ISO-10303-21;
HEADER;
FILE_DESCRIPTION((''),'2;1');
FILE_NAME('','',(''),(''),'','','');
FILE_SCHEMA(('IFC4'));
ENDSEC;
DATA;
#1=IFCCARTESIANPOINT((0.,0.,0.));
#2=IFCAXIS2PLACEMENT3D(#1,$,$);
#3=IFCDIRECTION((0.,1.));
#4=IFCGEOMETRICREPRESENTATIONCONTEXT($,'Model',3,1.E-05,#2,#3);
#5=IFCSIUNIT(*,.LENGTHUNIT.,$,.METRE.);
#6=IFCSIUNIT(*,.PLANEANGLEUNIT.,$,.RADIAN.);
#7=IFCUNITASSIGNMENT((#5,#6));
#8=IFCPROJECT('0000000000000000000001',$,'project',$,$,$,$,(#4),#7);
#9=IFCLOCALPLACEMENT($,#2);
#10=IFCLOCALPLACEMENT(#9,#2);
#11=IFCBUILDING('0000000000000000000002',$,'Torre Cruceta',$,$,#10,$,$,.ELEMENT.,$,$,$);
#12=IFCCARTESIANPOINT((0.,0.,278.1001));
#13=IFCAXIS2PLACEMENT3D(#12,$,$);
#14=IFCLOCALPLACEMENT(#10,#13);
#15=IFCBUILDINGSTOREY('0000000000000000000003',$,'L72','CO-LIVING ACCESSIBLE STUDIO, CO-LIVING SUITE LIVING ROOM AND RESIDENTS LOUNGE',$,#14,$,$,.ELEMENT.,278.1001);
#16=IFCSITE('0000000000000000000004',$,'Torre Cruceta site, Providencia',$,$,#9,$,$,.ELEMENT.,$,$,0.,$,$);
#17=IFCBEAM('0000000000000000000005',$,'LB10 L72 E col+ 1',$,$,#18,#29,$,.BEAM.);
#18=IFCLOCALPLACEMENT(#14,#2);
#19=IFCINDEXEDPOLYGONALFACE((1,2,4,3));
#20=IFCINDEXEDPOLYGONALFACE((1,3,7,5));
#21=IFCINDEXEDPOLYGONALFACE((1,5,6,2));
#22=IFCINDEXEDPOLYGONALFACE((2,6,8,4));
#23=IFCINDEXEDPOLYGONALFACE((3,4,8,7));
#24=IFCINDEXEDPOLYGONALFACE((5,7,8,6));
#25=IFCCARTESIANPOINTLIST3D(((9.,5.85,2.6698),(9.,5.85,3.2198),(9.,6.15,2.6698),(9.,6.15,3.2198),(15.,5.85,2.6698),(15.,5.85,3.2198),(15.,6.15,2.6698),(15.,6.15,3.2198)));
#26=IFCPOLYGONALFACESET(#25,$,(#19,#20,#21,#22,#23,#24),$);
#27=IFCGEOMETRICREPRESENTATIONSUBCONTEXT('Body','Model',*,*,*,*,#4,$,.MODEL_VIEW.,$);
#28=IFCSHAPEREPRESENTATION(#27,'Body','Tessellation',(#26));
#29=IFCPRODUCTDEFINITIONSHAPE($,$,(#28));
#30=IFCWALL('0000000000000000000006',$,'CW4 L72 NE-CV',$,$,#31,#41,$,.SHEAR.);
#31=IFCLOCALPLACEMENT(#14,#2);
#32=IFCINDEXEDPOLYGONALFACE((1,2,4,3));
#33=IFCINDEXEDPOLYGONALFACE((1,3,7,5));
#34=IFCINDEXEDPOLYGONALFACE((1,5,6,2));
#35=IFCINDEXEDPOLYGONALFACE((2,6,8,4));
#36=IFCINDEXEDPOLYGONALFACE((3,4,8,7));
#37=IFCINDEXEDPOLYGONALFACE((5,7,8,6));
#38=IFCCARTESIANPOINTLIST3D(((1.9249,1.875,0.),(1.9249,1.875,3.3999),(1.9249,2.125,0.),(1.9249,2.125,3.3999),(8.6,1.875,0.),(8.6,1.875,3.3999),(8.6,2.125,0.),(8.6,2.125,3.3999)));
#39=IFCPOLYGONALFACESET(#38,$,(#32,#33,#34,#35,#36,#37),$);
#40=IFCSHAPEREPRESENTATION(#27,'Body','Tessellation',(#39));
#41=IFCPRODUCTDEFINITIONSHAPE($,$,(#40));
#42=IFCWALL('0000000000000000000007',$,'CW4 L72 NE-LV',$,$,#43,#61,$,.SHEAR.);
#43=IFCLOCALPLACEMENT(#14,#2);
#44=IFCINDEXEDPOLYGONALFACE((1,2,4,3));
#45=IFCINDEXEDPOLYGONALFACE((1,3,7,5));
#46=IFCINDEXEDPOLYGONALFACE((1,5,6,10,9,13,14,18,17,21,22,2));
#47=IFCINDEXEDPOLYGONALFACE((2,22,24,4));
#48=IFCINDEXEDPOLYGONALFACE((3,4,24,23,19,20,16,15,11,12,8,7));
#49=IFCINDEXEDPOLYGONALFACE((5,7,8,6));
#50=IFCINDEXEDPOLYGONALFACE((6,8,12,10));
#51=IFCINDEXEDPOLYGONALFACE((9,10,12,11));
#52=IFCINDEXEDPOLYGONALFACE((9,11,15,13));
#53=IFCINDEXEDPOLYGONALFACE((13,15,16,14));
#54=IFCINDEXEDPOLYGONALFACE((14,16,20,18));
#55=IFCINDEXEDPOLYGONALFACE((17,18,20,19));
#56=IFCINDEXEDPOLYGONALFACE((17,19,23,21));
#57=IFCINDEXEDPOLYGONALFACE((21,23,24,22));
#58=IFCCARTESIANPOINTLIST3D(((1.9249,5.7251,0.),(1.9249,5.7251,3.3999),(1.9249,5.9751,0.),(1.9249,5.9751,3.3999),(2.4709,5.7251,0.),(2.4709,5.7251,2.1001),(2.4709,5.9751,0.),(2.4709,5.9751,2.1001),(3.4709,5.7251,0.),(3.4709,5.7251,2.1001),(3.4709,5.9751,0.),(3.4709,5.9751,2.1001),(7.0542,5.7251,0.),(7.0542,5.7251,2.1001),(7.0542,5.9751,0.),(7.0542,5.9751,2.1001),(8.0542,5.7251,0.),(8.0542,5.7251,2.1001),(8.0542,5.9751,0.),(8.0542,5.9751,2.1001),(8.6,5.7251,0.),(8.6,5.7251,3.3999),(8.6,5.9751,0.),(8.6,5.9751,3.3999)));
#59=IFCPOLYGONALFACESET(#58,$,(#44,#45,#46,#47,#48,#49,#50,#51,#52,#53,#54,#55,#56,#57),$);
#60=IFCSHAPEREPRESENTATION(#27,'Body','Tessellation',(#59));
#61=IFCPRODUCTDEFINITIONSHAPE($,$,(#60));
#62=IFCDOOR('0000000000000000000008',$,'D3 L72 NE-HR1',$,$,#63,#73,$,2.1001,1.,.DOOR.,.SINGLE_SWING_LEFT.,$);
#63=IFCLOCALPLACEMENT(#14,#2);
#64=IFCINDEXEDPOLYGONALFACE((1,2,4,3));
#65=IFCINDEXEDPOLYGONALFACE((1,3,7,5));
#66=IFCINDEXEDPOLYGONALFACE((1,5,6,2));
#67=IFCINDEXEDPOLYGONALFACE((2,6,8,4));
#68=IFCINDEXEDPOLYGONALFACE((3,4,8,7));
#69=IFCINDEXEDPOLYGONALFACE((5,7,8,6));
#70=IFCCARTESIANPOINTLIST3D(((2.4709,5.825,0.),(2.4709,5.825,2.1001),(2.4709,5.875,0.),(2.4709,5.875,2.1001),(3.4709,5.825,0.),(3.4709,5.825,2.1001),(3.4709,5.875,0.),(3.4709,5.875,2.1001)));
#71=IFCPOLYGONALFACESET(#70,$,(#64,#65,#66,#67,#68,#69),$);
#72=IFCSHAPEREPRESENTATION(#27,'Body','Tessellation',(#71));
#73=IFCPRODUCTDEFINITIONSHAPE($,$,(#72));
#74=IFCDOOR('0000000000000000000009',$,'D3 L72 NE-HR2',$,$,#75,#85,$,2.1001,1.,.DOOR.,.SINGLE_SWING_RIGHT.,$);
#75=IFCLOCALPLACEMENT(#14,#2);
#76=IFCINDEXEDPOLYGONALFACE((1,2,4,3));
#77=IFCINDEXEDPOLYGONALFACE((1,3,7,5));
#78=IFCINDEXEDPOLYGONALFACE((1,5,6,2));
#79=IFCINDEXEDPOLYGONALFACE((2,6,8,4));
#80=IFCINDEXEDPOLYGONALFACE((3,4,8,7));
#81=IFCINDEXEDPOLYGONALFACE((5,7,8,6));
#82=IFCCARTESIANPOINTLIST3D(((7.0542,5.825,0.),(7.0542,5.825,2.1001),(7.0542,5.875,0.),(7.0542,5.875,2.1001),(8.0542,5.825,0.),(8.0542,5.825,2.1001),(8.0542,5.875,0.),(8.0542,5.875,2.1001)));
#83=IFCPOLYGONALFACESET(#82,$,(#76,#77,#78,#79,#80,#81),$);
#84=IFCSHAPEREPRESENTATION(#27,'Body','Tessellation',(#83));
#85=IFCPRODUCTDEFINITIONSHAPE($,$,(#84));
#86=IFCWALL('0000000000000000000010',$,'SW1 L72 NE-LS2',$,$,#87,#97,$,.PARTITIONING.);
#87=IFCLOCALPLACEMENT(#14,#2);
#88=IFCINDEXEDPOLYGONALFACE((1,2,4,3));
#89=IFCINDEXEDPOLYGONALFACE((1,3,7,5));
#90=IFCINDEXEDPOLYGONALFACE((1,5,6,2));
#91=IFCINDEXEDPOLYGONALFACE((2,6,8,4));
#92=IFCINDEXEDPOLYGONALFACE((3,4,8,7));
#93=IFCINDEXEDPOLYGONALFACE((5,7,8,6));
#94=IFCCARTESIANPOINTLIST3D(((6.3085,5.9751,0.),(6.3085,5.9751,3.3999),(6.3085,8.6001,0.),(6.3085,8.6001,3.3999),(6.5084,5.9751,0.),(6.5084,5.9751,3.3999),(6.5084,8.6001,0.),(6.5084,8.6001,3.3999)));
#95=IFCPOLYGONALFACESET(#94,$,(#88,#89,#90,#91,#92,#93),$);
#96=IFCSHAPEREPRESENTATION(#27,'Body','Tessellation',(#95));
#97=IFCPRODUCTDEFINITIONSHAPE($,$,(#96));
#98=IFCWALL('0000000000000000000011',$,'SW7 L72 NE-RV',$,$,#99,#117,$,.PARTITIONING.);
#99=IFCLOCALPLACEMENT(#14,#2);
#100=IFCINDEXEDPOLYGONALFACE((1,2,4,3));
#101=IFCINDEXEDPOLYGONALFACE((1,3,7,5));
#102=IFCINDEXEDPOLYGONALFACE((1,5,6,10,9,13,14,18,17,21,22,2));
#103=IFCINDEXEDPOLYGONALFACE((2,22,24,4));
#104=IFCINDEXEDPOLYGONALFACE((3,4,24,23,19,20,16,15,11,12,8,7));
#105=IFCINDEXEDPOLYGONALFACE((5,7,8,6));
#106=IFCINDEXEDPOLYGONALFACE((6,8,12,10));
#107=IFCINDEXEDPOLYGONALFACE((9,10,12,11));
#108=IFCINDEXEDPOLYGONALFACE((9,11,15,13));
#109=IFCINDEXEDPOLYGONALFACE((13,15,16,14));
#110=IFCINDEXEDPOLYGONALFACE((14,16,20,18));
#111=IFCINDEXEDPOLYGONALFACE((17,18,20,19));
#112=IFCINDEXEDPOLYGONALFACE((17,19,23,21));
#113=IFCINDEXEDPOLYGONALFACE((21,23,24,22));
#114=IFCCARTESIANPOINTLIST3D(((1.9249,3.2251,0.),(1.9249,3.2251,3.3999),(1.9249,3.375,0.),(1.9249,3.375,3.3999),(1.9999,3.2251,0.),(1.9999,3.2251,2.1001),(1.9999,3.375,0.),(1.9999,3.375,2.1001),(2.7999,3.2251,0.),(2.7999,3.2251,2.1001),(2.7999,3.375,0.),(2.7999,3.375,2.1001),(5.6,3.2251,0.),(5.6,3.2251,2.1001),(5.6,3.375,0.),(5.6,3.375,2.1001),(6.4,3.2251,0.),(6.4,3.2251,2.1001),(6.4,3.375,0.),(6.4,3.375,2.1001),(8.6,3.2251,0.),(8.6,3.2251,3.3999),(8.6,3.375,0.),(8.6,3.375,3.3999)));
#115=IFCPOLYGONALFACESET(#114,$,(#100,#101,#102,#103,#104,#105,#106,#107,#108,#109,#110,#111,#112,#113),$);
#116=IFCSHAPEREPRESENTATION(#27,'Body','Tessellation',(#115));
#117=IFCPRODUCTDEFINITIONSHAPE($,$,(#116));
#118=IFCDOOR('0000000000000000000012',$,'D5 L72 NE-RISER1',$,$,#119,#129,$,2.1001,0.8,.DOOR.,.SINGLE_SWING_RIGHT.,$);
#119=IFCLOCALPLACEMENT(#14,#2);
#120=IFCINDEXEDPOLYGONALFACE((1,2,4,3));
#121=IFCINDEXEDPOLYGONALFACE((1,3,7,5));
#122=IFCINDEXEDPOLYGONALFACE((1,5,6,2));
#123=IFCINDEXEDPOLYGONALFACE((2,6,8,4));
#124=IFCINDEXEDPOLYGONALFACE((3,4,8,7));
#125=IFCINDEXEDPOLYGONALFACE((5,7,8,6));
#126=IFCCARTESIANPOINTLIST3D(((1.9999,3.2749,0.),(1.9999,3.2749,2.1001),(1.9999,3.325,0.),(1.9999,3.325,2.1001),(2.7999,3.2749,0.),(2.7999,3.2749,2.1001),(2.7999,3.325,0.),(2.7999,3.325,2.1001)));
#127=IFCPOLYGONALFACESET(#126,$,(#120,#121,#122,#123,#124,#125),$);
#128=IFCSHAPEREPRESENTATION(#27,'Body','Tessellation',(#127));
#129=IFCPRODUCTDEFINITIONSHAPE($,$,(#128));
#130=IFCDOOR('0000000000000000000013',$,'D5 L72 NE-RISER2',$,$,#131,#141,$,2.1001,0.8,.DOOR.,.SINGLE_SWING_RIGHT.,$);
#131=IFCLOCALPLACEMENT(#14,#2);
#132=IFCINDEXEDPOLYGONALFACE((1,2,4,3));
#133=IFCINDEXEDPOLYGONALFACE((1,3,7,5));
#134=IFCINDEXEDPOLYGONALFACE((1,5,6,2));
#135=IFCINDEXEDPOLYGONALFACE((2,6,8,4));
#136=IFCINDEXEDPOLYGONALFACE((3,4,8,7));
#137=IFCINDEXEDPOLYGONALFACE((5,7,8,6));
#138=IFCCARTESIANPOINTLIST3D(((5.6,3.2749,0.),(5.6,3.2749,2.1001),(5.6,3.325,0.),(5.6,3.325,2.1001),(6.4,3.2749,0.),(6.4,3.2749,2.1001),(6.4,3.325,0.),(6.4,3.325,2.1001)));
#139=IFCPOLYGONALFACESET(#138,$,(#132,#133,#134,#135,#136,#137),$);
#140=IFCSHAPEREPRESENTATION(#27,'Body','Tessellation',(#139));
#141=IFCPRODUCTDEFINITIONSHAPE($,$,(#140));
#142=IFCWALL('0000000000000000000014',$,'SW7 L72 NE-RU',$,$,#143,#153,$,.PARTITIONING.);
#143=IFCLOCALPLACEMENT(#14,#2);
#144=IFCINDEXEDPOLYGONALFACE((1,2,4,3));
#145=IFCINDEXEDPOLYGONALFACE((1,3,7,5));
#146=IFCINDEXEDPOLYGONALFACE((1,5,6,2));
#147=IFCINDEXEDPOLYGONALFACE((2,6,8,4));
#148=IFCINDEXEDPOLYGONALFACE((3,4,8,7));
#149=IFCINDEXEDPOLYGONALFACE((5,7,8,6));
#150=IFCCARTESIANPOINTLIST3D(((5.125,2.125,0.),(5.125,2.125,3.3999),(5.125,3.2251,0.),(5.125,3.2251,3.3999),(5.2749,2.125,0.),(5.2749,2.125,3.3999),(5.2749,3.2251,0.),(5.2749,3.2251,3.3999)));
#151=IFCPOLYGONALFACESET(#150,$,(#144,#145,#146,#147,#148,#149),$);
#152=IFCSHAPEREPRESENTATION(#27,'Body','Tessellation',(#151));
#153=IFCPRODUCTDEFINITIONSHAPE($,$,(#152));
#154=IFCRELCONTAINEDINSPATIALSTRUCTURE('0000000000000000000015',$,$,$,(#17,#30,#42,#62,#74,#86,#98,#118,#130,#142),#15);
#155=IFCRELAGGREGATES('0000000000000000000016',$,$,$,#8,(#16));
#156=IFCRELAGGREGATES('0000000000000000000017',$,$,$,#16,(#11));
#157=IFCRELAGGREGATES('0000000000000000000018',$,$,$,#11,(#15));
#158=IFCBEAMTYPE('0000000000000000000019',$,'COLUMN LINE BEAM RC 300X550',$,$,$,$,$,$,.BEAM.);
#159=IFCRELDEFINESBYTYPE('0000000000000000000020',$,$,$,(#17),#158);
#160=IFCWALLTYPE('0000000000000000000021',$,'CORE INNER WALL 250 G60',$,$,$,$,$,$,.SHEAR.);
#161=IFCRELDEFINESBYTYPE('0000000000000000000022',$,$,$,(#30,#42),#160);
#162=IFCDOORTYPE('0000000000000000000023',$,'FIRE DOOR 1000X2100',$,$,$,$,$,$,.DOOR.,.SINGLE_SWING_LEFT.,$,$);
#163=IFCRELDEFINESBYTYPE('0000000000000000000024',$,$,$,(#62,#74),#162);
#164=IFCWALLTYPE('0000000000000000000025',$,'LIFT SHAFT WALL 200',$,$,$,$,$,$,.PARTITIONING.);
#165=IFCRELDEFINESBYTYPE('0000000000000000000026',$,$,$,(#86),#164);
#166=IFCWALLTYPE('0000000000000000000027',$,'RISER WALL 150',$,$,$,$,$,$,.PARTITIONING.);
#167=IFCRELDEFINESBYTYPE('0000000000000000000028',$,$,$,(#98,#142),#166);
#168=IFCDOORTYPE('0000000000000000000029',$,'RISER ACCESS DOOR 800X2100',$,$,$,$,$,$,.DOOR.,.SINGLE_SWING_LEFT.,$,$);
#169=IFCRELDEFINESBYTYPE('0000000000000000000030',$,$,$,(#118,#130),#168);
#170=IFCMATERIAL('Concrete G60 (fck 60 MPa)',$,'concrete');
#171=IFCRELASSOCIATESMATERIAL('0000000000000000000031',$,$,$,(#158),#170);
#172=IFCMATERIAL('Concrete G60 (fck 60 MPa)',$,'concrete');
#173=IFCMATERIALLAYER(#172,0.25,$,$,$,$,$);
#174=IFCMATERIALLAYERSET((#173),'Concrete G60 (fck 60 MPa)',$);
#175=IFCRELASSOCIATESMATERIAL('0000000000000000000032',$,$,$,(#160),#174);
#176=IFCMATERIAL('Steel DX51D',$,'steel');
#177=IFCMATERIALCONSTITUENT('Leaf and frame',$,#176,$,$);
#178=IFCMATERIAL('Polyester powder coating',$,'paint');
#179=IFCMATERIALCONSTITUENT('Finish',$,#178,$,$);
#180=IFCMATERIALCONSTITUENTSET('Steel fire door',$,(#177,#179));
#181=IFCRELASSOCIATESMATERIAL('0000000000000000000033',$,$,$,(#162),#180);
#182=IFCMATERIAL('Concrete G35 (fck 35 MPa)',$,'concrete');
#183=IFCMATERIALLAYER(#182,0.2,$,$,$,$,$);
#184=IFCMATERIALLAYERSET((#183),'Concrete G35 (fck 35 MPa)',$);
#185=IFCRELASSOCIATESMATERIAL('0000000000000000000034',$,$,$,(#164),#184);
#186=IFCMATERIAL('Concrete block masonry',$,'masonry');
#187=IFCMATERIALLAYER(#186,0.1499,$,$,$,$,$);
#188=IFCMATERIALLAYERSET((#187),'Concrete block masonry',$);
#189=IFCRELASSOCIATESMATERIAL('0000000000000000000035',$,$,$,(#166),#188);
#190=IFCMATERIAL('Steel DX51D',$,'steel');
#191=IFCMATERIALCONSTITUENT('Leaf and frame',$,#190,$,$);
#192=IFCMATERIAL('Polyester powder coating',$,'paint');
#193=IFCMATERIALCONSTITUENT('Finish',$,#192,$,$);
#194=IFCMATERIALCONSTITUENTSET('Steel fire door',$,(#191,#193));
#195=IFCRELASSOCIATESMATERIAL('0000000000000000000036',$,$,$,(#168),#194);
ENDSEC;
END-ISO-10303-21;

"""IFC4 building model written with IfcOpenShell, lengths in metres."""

from ifc_helpers import new_model, si_unit, direction, frame, frame_2d, origin, origin_2d, place, context, subcontext, project, spatial, rectangle, extrude, material, layer, layer_set, constituent, constituent_set, material_profile, profile_set, type_object, element, fill, save


model = new_model("IFC4")

# Units and contexts
model_context = context("Model", 3, precision=1e-05, world=origin(), true_north=direction((0.0, 1.0)))
body_context = subcontext(model_context, "Body", "Model", "MODEL_VIEW")
ifc_project = project(units=[si_unit("LENGTHUNIT", "METRE"), si_unit("PLANEANGLEUNIT", "RADIAN")], contexts=[model_context])

# Site, building, storey
site_placement = place(None, origin())
site = spatial("IfcSite", under=ifc_project, at=site_placement, Name="Torre Cruceta site, Providencia", CompositionType="ELEMENT", RefElevation=0.0)
building_placement = place(site_placement, origin())
building = spatial("IfcBuilding", under=site, at=building_placement, Name="Torre Cruceta", CompositionType="ELEMENT")
storey_placement = place(building_placement, frame((0.0, 0.0, 278.1001)))
storey = spatial("IfcBuildingStorey", under=building, at=storey_placement, Name="L72", Description="CO-LIVING ACCESSIBLE STUDIO, CO-LIVING SUITE LIVING ROOM AND RESIDENTS LOUNGE", CompositionType="ELEMENT", Elevation=278.1001)

# Beam
ifc_material_1 = material(Name="Concrete G60 (fck 60 MPa)", Category="concrete")
ifc_material_profile = material_profile(ifc_material_1, rectangle(XDim=0.3, YDim=0.55, at=origin_2d()), Name="RC 300X550")
ifc_profile_set = profile_set([ifc_material_profile], Name="Concrete G60 (fck 60 MPa)")
beam_type = type_object("IfcBeamType", Name="COLUMN LINE BEAM RC 300X550", PredefinedType="BEAM", material=ifc_profile_set)
beam_placement = place(storey_placement, frame((9.0, 6.0, 2.9448), z_axis=(1.0, 0.0, 0.0), x_axis=(0.0, 1.0, 0.0)))
element("IfcBeam", 1, at=beam_placement, inside=storey, type_object=beam_type, Name="LB10 L72 E col+ 1", PredefinedType="BEAM", context=body_context, shape_type="SweptSolid", body=[
    extrude(rectangle(XDim=0.3, YDim=0.55, at=origin_2d()), origin(), (0.0, 0.0, 1.0), 6.0),
])

# Shared definitions
ifc_material_2 = material(Name="Concrete G60 (fck 60 MPa)", Category="concrete")
ifc_layer_1 = layer(ifc_material_2, 0.25)
ifc_layer_set_1 = layer_set([ifc_layer_1], Name="Concrete G60 (fck 60 MPa)")
wall_type_1 = type_object("IfcWallType", Name="CORE INNER WALL 250 G60", PredefinedType="SHEAR", material=ifc_layer_set_1)

# Wall
wall_1_placement = place(storey_placement, frame((1.925, 2.0, 0.0), z_axis=(0.0, 0.0, 1.0), x_axis=(1.0, 0.0, 0.0)))
element("IfcWall", 2, at=wall_1_placement, inside=storey, type_object=wall_type_1, Name="CW4 L72 NE-CV", PredefinedType="SHEAR", context=body_context, shape_type="SweptSolid", body=[
    extrude(rectangle(XDim=6.675, YDim=0.25, at=frame_2d((3.3374, 0.0))), origin(), (0.0, 0.0, 1.0), 3.3999),
])

# Wall, openings, doors
wall_2_placement = place(storey_placement, frame((1.925, 5.8501, 0.0), z_axis=(0.0, 0.0, 1.0), x_axis=(1.0, 0.0, 0.0)))
wall_2 = element("IfcWall", 3, at=wall_2_placement, inside=storey, type_object=wall_type_1, Name="CW4 L72 NE-LV", PredefinedType="SHEAR", context=body_context, shape_type="SweptSolid", body=[
    extrude(rectangle(XDim=6.675, YDim=0.25, at=frame_2d((3.3374, 0.0))), origin(), (0.0, 0.0, 1.0), 3.3999),
])
opening_1_placement = place(wall_2_placement, frame((0.5459, 0.0, 0.0)))
opening_1 = element("IfcOpeningElement", 4, at=opening_1_placement, cuts=wall_2, PredefinedType="OPENING", context=body_context, shape_type="SweptSolid", body=[
    extrude(rectangle(XDim=1.0, YDim=2.1001, at=frame_2d((0.5, 1.05))), frame((0.0, 0.135, 0.0), z_axis=(0.0, -1.0, 0.0), x_axis=(1.0, 0.0, 0.0)), (0.0, 0.0, 1.0), 0.27),
])
opening_2_placement = place(wall_2_placement, frame((5.1292, 0.0, 0.0)))
opening_2 = element("IfcOpeningElement", 5, at=opening_2_placement, cuts=wall_2, PredefinedType="OPENING", context=body_context, shape_type="SweptSolid", body=[
    extrude(rectangle(XDim=1.0, YDim=2.1001, at=frame_2d((0.5, 1.05))), frame((0.0, 0.135, 0.0), z_axis=(0.0, -1.0, 0.0), x_axis=(1.0, 0.0, 0.0)), (0.0, 0.0, 1.0), 0.27),
])
ifc_material_3 = material(Name="Steel DX51D", Category="steel")
ifc_constituent_1 = constituent(ifc_material_3, Name="Leaf and frame")
ifc_material_4 = material(Name="Polyester powder coating", Category="paint")
ifc_constituent_2 = constituent(ifc_material_4, Name="Finish")
ifc_constituent_set_1 = constituent_set(constituents=[ifc_constituent_1, ifc_constituent_2], Name="Steel fire door")
door_type_1 = type_object("IfcDoorType", Name="FIRE DOOR 1000X2100", OperationType="SINGLE_SWING_LEFT", PredefinedType="DOOR", material=ifc_constituent_set_1)
door_1_placement = place(opening_1_placement, origin())
door_1 = element("IfcDoor", 6, at=door_1_placement, inside=storey, type_object=door_type_1, Name="D3 L72 NE-HR1", OperationType="SINGLE_SWING_LEFT", OverallHeight=2.1001, OverallWidth=1.0, PredefinedType="DOOR", context=body_context, shape_type="SweptSolid", body=[
    extrude(rectangle(XDim=1.0, YDim=2.1001, at=frame_2d((0.5, 1.05))), frame((0.0, 0.0249, 0.0), z_axis=(0.0, -1.0, 0.0), x_axis=(1.0, 0.0, 0.0)), (0.0, 0.0, 1.0), 0.05),
])
fill(opening_1, door_1)
door_2_placement = place(opening_2_placement, origin())
door_2 = element("IfcDoor", 7, at=door_2_placement, inside=storey, type_object=door_type_1, Name="D3 L72 NE-HR2", OperationType="SINGLE_SWING_RIGHT", OverallHeight=2.1001, OverallWidth=1.0, PredefinedType="DOOR", context=body_context, shape_type="SweptSolid", body=[
    extrude(rectangle(XDim=1.0, YDim=2.1001, at=frame_2d((0.5, 1.05))), frame((0.0, 0.0249, 0.0), z_axis=(0.0, -1.0, 0.0), x_axis=(1.0, 0.0, 0.0)), (0.0, 0.0, 1.0), 0.05),
])
fill(opening_2, door_2)

# Wall
ifc_material_5 = material(Name="Concrete G35 (fck 35 MPa)", Category="concrete")
ifc_layer_2 = layer(ifc_material_5, 0.2)
ifc_layer_set_2 = layer_set([ifc_layer_2], Name="Concrete G35 (fck 35 MPa)")
wall_type_2 = type_object("IfcWallType", Name="LIFT SHAFT WALL 200", PredefinedType="PARTITIONING", material=ifc_layer_set_2)
wall_3_placement = place(storey_placement, frame((6.4084, 5.9751, 0.0), z_axis=(0.0, 0.0, 1.0), x_axis=(0.0, 1.0, 0.0)))
element("IfcWall", 8, at=wall_3_placement, inside=storey, type_object=wall_type_2, Name="SW1 L72 NE-LS2", PredefinedType="PARTITIONING", context=body_context, shape_type="SweptSolid", body=[
    extrude(rectangle(XDim=2.625, YDim=0.2, at=frame_2d((1.3125, 0.0))), origin(), (0.0, 0.0, 1.0), 3.3999),
])

# Wall, openings, doors
ifc_material_6 = material(Name="Concrete block masonry", Category="masonry")
ifc_layer_3 = layer(ifc_material_6, 0.1499)
ifc_layer_set_3 = layer_set([ifc_layer_3], Name="Concrete block masonry")
wall_type_3 = type_object("IfcWallType", Name="RISER WALL 150", PredefinedType="PARTITIONING", material=ifc_layer_set_3)
wall_4_placement = place(storey_placement, frame((1.925, 3.3, 0.0), z_axis=(0.0, 0.0, 1.0), x_axis=(1.0, 0.0, 0.0)))
wall_4 = element("IfcWall", 9, at=wall_4_placement, inside=storey, type_object=wall_type_3, Name="SW7 L72 NE-RV", PredefinedType="PARTITIONING", context=body_context, shape_type="SweptSolid", body=[
    extrude(rectangle(XDim=6.675, YDim=0.1499, at=frame_2d((3.3374, 0.0))), origin(), (0.0, 0.0, 1.0), 3.3999),
])
opening_3_placement = place(wall_4_placement, frame((0.075, 0.0, 0.0)))
opening_3 = element("IfcOpeningElement", 10, at=opening_3_placement, cuts=wall_4, PredefinedType="OPENING", context=body_context, shape_type="SweptSolid", body=[
    extrude(rectangle(XDim=0.8, YDim=2.1001, at=frame_2d((0.3999, 1.05))), frame((0.0, 0.085, 0.0), z_axis=(0.0, -1.0, 0.0), x_axis=(1.0, 0.0, 0.0)), (0.0, 0.0, 1.0), 0.1699),
])
opening_4_placement = place(wall_4_placement, frame((3.675, 0.0, 0.0)))
opening_4 = element("IfcOpeningElement", 11, at=opening_4_placement, cuts=wall_4, PredefinedType="OPENING", context=body_context, shape_type="SweptSolid", body=[
    extrude(rectangle(XDim=0.8, YDim=2.1001, at=frame_2d((0.3999, 1.05))), frame((0.0, 0.085, 0.0), z_axis=(0.0, -1.0, 0.0), x_axis=(1.0, 0.0, 0.0)), (0.0, 0.0, 1.0), 0.1699),
])
ifc_material_7 = material(Name="Steel DX51D", Category="steel")
ifc_constituent_3 = constituent(ifc_material_7, Name="Leaf and frame")
ifc_material_8 = material(Name="Polyester powder coating", Category="paint")
ifc_constituent_4 = constituent(ifc_material_8, Name="Finish")
ifc_constituent_set_2 = constituent_set(constituents=[ifc_constituent_3, ifc_constituent_4], Name="Steel fire door")
door_type_2 = type_object("IfcDoorType", Name="RISER ACCESS DOOR 800X2100", OperationType="SINGLE_SWING_LEFT", PredefinedType="DOOR", material=ifc_constituent_set_2)
door_3_placement = place(opening_3_placement, frame((0.8, 0.0, 0.0), z_axis=(0.0, 0.0, 1.0), x_axis=(-1.0, 0.0, 0.0)))
door_3 = element("IfcDoor", 12, at=door_3_placement, inside=storey, type_object=door_type_2, Name="D5 L72 NE-RISER1", OperationType="SINGLE_SWING_RIGHT", OverallHeight=2.1001, OverallWidth=0.8, PredefinedType="DOOR", context=body_context, shape_type="SweptSolid", body=[
    extrude(rectangle(XDim=0.8, YDim=2.1001, at=frame_2d((0.4001, 1.05))), frame((0.0, 0.0251, 0.0), z_axis=(0.0, -1.0, 0.0), x_axis=(1.0, 0.0, 0.0)), (0.0, 0.0, 1.0), 0.05),
])
fill(opening_3, door_3)
door_4_placement = place(opening_4_placement, frame((0.8, 0.0, 0.0), z_axis=(0.0, 0.0, 1.0), x_axis=(-1.0, 0.0, 0.0)))
door_4 = element("IfcDoor", 13, at=door_4_placement, inside=storey, type_object=door_type_2, Name="D5 L72 NE-RISER2", OperationType="SINGLE_SWING_RIGHT", OverallHeight=2.1001, OverallWidth=0.8, PredefinedType="DOOR", context=body_context, shape_type="SweptSolid", body=[
    extrude(rectangle(XDim=0.8, YDim=2.1001, at=frame_2d((0.4001, 1.05))), frame((0.0, 0.0251, 0.0), z_axis=(0.0, -1.0, 0.0), x_axis=(1.0, 0.0, 0.0)), (0.0, 0.0, 1.0), 0.05),
])
fill(opening_4, door_4)

# Wall
wall_5_placement = place(storey_placement, frame((5.2, 2.125, 0.0), z_axis=(0.0, 0.0, 1.0), x_axis=(0.0, 1.0, 0.0)))
element("IfcWall", 14, at=wall_5_placement, inside=storey, type_object=wall_type_3, Name="SW7 L72 NE-RU", PredefinedType="PARTITIONING", context=body_context, shape_type="SweptSolid", body=[
    extrude(rectangle(XDim=1.1001, YDim=0.1499, at=frame_2d((0.55, 0.0))), origin(), (0.0, 0.0, 1.0), 3.3999),
])

save(model, "model.ifc")
